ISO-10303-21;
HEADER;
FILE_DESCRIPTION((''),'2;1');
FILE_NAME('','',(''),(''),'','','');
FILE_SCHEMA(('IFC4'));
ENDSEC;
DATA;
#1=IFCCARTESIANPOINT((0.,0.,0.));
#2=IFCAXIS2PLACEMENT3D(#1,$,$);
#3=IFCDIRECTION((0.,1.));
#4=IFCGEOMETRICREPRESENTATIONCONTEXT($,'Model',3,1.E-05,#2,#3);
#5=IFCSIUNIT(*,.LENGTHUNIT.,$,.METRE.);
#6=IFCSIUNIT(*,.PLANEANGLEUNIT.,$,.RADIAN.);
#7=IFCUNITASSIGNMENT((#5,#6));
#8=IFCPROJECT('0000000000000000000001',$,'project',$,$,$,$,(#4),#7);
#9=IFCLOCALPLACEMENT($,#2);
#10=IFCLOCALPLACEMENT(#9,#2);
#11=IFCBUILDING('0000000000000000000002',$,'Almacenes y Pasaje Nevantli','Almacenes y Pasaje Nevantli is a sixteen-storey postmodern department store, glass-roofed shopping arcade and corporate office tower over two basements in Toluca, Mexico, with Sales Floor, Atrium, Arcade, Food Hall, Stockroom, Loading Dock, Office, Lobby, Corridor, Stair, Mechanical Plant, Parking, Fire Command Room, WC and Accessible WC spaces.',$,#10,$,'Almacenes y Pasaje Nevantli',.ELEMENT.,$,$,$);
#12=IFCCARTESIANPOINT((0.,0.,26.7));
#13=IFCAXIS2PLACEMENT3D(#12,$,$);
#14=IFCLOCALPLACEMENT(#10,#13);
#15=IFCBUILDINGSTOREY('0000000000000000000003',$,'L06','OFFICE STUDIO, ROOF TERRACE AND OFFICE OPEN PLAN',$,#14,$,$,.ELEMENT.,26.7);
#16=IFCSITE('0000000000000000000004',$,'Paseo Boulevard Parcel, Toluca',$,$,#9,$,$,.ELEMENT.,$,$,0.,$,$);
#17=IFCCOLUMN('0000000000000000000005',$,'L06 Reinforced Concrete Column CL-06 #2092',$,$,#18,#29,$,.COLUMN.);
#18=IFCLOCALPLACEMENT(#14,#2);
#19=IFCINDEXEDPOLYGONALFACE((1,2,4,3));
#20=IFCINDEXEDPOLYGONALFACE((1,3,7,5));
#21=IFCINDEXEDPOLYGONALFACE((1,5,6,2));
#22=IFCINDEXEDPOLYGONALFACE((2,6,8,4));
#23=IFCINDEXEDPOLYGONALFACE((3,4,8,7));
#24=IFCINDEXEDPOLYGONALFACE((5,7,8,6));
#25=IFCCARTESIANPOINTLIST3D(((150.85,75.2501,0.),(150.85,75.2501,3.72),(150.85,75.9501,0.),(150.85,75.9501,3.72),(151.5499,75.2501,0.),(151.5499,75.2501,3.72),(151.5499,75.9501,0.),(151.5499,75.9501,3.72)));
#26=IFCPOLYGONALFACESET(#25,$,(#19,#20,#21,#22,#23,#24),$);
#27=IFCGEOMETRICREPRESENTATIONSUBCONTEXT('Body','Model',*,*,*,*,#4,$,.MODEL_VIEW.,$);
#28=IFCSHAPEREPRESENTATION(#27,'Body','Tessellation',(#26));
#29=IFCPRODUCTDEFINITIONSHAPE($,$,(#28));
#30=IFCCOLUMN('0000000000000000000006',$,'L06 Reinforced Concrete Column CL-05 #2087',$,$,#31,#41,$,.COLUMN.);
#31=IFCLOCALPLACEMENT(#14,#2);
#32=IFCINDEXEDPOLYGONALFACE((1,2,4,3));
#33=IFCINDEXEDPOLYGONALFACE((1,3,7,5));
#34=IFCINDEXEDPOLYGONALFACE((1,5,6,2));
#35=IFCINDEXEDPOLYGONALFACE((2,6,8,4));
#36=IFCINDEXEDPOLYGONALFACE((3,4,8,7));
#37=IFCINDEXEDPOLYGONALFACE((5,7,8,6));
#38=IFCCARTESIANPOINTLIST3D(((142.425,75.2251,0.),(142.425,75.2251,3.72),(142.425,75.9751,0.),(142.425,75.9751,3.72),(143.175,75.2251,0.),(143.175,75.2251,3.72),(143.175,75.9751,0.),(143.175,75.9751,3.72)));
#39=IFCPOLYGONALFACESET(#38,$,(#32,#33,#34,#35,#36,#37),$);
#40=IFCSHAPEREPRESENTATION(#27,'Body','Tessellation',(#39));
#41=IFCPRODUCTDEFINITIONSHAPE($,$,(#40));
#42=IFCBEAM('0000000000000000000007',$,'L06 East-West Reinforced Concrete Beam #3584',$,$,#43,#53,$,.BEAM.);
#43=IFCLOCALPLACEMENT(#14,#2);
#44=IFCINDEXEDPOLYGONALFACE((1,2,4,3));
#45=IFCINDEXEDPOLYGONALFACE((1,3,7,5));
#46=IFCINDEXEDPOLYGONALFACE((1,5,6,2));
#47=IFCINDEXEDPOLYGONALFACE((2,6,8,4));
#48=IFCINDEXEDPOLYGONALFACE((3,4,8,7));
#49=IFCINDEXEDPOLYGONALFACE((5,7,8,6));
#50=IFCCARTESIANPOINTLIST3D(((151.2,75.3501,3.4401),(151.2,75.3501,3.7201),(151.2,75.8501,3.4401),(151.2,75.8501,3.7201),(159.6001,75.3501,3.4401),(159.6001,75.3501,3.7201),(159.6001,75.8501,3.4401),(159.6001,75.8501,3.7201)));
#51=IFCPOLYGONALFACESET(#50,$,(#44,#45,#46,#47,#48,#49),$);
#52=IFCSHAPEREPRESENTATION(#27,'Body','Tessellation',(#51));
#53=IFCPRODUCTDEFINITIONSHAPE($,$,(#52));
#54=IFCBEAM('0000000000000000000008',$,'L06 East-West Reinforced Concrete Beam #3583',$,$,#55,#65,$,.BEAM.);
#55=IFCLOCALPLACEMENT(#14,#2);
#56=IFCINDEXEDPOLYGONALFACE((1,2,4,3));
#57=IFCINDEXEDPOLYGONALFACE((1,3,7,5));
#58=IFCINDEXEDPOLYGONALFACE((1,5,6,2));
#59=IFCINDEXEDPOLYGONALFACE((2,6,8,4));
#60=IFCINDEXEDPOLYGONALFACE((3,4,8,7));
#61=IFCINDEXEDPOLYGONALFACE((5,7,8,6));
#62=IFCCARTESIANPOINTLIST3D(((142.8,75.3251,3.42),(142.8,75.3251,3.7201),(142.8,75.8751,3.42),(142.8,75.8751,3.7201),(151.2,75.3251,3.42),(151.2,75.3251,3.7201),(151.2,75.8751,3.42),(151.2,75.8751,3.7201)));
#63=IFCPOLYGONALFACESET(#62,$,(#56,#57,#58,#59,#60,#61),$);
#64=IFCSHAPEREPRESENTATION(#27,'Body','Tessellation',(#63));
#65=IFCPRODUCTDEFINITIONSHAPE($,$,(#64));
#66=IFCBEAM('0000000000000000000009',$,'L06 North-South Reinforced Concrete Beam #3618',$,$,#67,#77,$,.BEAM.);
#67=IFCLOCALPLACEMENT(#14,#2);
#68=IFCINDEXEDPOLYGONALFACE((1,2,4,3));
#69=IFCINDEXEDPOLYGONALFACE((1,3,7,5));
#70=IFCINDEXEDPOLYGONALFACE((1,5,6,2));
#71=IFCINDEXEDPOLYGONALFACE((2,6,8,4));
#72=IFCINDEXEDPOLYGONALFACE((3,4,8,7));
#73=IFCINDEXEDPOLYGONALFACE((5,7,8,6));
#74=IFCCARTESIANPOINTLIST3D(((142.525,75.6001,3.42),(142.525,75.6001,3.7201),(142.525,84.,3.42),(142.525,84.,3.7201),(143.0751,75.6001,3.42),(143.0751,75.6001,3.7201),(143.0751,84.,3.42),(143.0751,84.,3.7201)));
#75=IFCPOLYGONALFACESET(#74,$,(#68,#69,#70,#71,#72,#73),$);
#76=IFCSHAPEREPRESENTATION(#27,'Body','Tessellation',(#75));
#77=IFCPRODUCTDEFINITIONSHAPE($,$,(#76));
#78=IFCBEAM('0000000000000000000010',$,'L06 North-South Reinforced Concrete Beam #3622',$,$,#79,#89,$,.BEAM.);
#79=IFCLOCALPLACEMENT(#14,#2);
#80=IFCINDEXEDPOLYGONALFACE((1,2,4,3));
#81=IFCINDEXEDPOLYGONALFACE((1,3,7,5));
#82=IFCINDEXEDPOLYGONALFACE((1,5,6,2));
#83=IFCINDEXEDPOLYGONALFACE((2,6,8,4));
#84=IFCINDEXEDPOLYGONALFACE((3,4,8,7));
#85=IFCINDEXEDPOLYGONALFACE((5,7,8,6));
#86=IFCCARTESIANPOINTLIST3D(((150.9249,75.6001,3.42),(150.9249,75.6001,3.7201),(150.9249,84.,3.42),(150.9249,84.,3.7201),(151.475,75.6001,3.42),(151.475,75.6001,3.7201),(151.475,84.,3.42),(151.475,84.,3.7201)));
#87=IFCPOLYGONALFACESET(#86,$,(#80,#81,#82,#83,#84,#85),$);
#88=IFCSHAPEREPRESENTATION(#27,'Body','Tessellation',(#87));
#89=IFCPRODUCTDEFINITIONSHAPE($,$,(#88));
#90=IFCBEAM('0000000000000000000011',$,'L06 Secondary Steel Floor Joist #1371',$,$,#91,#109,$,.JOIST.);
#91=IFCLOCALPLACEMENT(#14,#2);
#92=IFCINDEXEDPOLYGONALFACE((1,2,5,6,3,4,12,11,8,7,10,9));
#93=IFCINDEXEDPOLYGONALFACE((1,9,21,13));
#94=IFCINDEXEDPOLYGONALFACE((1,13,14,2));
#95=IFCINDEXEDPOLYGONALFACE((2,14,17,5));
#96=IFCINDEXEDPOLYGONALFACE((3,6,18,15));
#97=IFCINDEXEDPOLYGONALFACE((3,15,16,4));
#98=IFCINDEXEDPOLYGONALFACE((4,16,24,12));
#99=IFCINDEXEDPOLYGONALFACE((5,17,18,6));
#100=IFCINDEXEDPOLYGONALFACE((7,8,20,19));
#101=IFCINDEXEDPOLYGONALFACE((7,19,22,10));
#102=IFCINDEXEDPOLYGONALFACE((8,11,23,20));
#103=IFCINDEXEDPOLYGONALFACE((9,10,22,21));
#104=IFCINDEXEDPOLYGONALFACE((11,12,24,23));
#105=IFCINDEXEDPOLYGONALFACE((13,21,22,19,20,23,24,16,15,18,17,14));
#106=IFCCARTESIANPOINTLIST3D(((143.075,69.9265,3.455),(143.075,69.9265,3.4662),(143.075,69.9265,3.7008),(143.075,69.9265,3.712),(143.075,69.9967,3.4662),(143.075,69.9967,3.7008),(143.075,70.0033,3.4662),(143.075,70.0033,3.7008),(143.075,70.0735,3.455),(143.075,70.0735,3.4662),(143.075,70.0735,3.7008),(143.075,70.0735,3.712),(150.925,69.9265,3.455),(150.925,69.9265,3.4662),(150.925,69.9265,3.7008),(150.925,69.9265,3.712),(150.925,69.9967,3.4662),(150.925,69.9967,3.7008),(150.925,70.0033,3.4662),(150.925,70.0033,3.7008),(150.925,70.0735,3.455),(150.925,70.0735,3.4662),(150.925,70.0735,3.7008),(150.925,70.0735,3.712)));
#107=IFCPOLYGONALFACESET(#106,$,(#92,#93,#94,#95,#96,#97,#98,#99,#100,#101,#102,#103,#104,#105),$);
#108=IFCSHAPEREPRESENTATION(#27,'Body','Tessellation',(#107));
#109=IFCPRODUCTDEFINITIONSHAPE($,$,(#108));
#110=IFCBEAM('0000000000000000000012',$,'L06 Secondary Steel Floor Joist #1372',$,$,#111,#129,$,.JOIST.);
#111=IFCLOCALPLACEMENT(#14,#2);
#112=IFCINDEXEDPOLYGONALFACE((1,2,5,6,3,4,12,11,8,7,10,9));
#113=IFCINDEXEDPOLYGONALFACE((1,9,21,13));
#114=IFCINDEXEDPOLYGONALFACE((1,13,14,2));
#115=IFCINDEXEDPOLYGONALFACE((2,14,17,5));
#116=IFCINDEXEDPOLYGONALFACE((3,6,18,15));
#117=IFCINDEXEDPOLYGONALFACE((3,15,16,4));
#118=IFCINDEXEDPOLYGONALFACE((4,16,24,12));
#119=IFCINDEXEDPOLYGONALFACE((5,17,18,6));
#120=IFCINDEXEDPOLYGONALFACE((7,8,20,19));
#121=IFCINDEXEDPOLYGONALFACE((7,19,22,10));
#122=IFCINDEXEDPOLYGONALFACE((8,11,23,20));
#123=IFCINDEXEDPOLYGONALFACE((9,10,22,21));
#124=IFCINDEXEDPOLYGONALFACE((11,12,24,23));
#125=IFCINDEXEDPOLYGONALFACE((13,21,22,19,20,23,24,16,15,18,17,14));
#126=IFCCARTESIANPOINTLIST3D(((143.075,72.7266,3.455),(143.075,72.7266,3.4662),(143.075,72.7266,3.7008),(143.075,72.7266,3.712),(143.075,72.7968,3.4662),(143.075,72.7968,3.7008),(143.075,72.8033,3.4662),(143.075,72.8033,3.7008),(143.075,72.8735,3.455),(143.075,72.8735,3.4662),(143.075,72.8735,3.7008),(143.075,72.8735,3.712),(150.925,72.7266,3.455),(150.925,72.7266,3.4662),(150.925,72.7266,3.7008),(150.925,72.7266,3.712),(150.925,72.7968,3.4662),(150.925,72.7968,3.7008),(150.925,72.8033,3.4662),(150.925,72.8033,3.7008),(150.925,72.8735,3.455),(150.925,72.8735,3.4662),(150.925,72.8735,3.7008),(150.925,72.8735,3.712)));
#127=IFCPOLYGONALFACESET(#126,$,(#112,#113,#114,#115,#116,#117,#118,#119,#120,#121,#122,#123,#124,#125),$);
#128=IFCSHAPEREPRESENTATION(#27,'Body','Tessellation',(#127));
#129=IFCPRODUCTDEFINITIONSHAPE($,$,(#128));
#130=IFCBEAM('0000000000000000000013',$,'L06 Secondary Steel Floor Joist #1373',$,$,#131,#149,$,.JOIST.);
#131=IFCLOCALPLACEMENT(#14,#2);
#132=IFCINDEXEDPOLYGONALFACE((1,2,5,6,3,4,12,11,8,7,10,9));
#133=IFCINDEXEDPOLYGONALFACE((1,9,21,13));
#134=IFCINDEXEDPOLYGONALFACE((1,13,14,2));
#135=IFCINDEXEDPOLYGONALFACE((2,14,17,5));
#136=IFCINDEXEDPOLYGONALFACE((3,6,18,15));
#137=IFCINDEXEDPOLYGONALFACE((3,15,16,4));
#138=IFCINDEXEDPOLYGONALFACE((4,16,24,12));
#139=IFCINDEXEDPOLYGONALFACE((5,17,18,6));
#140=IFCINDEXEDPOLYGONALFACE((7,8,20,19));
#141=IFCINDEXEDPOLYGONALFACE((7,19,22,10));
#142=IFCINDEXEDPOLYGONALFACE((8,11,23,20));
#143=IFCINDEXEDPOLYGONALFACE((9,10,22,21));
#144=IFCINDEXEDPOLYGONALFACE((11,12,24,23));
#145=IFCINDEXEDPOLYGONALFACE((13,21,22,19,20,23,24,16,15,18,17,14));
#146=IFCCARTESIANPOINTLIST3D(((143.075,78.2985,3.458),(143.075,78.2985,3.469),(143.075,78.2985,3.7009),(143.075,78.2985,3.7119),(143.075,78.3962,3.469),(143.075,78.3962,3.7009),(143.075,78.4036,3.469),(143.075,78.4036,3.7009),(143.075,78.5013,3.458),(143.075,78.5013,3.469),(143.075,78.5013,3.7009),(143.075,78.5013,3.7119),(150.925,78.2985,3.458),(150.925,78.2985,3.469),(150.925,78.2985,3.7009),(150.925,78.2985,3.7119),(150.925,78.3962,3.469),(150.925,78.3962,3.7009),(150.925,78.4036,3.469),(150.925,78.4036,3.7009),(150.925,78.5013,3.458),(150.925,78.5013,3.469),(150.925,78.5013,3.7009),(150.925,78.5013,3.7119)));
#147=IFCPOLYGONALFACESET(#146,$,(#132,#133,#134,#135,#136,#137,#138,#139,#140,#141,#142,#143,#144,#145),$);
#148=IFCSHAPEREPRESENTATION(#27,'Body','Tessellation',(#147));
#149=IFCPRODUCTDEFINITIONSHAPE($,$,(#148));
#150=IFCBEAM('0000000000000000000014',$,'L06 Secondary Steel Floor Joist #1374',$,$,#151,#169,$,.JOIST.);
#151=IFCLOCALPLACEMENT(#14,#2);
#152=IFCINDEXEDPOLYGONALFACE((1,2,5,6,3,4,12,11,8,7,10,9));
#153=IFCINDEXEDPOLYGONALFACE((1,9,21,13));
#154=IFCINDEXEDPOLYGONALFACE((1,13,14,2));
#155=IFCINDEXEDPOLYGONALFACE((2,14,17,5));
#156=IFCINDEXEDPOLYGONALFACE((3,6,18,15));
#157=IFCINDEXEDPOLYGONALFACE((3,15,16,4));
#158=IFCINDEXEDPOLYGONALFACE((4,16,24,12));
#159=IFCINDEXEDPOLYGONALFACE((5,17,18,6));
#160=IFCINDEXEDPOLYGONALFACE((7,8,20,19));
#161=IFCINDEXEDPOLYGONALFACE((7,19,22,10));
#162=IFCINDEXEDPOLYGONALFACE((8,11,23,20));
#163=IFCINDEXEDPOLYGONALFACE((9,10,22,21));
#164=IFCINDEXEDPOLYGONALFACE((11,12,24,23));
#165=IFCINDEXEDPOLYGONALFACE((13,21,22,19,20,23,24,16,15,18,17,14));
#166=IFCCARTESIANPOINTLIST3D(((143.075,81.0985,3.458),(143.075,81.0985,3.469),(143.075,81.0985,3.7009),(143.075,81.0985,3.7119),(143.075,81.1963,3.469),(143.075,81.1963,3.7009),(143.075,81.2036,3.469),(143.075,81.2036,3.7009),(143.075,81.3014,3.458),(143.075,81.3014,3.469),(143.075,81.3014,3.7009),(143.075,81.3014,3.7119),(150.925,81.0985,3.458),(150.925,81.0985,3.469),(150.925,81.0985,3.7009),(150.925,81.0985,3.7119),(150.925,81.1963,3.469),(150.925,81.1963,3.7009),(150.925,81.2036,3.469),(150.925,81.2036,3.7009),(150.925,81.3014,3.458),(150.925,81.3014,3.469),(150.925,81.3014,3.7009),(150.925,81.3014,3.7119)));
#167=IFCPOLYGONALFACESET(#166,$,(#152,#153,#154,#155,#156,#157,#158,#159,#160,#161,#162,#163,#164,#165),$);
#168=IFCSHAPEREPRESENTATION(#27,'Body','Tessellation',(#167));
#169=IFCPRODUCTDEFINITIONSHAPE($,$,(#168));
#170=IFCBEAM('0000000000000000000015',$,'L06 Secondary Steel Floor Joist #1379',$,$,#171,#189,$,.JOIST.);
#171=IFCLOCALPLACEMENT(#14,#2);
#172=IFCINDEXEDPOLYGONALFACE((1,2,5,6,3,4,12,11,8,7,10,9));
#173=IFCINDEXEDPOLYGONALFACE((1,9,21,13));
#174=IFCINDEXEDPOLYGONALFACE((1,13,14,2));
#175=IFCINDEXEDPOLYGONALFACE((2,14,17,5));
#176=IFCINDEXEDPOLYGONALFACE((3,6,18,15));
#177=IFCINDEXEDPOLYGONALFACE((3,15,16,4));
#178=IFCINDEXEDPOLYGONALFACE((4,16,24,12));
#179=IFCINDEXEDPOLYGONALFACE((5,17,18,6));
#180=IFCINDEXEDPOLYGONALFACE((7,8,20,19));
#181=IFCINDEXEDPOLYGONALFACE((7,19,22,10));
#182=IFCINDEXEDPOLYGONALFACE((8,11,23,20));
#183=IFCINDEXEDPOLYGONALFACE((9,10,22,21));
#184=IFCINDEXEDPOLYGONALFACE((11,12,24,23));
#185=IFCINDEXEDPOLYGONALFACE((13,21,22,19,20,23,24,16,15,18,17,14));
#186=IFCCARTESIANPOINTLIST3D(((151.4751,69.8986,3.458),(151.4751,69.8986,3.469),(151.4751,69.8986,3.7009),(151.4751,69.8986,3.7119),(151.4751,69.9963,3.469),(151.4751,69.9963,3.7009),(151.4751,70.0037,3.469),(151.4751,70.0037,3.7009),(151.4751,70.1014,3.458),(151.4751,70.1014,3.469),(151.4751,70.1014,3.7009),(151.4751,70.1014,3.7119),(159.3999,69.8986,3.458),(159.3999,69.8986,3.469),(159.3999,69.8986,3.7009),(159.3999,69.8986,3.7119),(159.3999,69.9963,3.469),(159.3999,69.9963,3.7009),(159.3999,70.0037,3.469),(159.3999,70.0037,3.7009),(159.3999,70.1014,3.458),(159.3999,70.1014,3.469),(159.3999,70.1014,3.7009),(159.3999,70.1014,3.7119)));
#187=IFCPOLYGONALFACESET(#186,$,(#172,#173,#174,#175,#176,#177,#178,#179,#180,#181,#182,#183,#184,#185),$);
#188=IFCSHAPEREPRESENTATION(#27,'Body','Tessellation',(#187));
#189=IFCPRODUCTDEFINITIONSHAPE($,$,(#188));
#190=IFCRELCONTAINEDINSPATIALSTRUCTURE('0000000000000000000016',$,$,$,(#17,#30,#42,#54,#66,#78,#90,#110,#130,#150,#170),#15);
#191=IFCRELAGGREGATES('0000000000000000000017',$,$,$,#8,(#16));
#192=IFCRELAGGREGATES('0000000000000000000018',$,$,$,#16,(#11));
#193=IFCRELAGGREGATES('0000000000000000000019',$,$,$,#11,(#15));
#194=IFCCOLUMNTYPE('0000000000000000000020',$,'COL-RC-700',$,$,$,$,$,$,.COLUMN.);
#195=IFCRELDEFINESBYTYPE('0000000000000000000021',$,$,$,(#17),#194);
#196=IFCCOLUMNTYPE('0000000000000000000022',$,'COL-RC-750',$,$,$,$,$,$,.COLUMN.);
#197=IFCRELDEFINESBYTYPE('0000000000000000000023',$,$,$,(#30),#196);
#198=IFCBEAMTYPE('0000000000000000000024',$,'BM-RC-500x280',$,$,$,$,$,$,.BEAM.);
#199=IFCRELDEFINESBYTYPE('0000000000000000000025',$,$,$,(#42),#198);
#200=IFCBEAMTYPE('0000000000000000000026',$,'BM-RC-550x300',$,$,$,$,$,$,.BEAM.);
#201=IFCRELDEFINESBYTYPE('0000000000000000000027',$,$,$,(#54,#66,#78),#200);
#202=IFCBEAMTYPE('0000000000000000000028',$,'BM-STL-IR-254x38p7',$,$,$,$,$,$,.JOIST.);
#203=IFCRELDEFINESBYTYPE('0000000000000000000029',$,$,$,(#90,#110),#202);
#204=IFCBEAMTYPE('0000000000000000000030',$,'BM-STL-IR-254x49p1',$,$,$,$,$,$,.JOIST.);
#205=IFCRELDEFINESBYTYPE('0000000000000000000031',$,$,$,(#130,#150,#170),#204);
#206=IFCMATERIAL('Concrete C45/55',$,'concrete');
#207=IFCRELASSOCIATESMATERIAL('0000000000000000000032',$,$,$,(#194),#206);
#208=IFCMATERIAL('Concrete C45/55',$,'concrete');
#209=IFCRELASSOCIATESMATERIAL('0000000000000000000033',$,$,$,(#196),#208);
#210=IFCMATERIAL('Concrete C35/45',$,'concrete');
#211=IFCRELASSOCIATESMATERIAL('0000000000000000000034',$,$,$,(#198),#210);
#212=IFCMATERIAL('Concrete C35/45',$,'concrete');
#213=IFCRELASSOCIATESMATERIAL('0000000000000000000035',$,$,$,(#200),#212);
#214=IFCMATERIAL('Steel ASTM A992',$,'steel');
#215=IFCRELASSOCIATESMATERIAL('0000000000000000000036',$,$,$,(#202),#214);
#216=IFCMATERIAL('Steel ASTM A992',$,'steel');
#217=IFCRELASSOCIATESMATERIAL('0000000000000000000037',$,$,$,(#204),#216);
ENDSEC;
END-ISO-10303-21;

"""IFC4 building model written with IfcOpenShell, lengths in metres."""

from ifc_helpers import new_model, si_unit, direction, frame, origin, origin_2d, place, context, subcontext, project, spatial, rectangle, i_section, extrude, material, material_profile, profile_set, type_object, element, save


model = new_model("IFC4")

# Units and contexts
model_context = context("Model", 3, precision=1e-05, world=origin(), true_north=direction((0.0, 1.0)))
body_context = subcontext(model_context, "Body", "Model", "MODEL_VIEW")
ifc_project = project(units=[si_unit("LENGTHUNIT", "METRE"), si_unit("PLANEANGLEUNIT", "RADIAN")], contexts=[model_context])

# Site, building, storey
site_placement = place(None, origin())
site = spatial("IfcSite", under=ifc_project, at=site_placement, Name="Paseo Boulevard Parcel, Toluca", CompositionType="ELEMENT", RefElevation=0.0)
building_placement = place(site_placement, origin())
building = spatial("IfcBuilding", under=site, at=building_placement, Name="Almacenes y Pasaje Nevantli", Description="Almacenes y Pasaje Nevantli is a sixteen-storey postmodern department store, glass-roofed shopping arcade and corporate office tower over two basements in Toluca, Mexico, with Sales Floor, Atrium, Arcade, Food Hall, Stockroom, Loading Dock, Office, Lobby, Corridor, Stair, Mechanical Plant, Parking, Fire Command Room, WC and Accessible WC spaces.", LongName="Almacenes y Pasaje Nevantli", CompositionType="ELEMENT")
storey_placement = place(building_placement, frame((0.0, 0.0, 26.7)))
storey = spatial("IfcBuildingStorey", under=building, at=storey_placement, Name="L06", Description="OFFICE STUDIO, ROOF TERRACE AND OFFICE OPEN PLAN", CompositionType="ELEMENT", Elevation=26.7)

# Columns
ifc_material_1 = material(Name="Concrete C45/55", Category="concrete")
ifc_material_profile_1 = material_profile(ifc_material_1, rectangle(XDim=0.7, YDim=0.7, at=origin_2d()), Name="RC-COL-700x700")
ifc_profile_set_1 = profile_set([ifc_material_profile_1], Name="Concrete C45/55")
column_type_1 = type_object("IfcColumnType", Name="COL-RC-700", PredefinedType="COLUMN", material=ifc_profile_set_1)
column_1_placement = place(storey_placement, frame((151.2, 75.6001, 0.0), z_axis=(0.0, 0.0, 1.0), x_axis=(1.0, 0.0, 0.0)))
element("IfcColumn", 1, at=column_1_placement, inside=storey, type_object=column_type_1, Name="L06 Reinforced Concrete Column CL-06 #2092", PredefinedType="COLUMN", context=body_context, shape_type="SweptSolid", body=[
    extrude(rectangle(XDim=0.7, YDim=0.7, at=origin_2d()), origin(), (0.0, 0.0, 1.0), 3.72),
])
ifc_material_2 = material(Name="Concrete C45/55", Category="concrete")
ifc_material_profile_2 = material_profile(ifc_material_2, rectangle(XDim=0.75, YDim=0.75, at=origin_2d()), Name="RC-COL-750x750")
ifc_profile_set_2 = profile_set([ifc_material_profile_2], Name="Concrete C45/55")
column_type_2 = type_object("IfcColumnType", Name="COL-RC-750", PredefinedType="COLUMN", material=ifc_profile_set_2)
column_2_placement = place(storey_placement, frame((142.8, 75.6001, 0.0), z_axis=(0.0, 0.0, 1.0), x_axis=(1.0, 0.0, 0.0)))
element("IfcColumn", 2, at=column_2_placement, inside=storey, type_object=column_type_2, Name="L06 Reinforced Concrete Column CL-05 #2087", PredefinedType="COLUMN", context=body_context, shape_type="SweptSolid", body=[
    extrude(rectangle(XDim=0.75, YDim=0.75, at=origin_2d()), origin(), (0.0, 0.0, 1.0), 3.72),
])

# Beams
ifc_material_3 = material(Name="Concrete C35/45", Category="concrete")
ifc_material_profile_3 = material_profile(ifc_material_3, rectangle(XDim=0.5, YDim=0.28, at=origin_2d()), Name="RC-BM-500x280")
ifc_profile_set_3 = profile_set([ifc_material_profile_3], Name="Concrete C35/45")
beam_type_1 = type_object("IfcBeamType", Name="BM-RC-500x280", PredefinedType="BEAM", material=ifc_profile_set_3)
beam_placement = place(storey_placement, frame((151.2, 75.6001, 3.5801), z_axis=(1.0, 0.0, 0.0), x_axis=(0.0, 1.0, 0.0)))
element("IfcBeam", 3, at=beam_placement, inside=storey, type_object=beam_type_1, Name="L06 East-West Reinforced Concrete Beam #3584", PredefinedType="BEAM", context=body_context, shape_type="SweptSolid", body=[
    extrude(rectangle(XDim=0.5, YDim=0.28, at=origin_2d()), origin(), (0.0, 0.0, 1.0), 8.4001),
])
ifc_material_4 = material(Name="Concrete C35/45", Category="concrete")
ifc_material_profile_4 = material_profile(ifc_material_4, rectangle(XDim=0.55, YDim=0.3, at=origin_2d()), Name="RC-BM-550x300")
ifc_profile_set_4 = profile_set([ifc_material_profile_4], Name="Concrete C35/45")
beam_type_2 = type_object("IfcBeamType", Name="BM-RC-550x300", PredefinedType="BEAM", material=ifc_profile_set_4)
for number, where, z_axis, x_axis, name in (
    (4, (142.8, 75.6001, 3.5701), (1.0, 0.0, 0.0), (0.0, 1.0, 0.0), "L06 East-West Reinforced Concrete Beam #3583"),
    (5, (142.8, 75.6001, 3.5701), (0.0, 1.0, 0.0), (-1.0, 0.0, 0.0), "L06 North-South Reinforced Concrete Beam #3618"),
    (6, (151.2, 75.6001, 3.5701), (0.0, 1.0, 0.0), (-1.0, 0.0, 0.0), "L06 North-South Reinforced Concrete Beam #3622"),
):
    element("IfcBeam", number, at=place(storey_placement, frame(where, z_axis=z_axis, x_axis=x_axis)), inside=storey, type_object=beam_type_2, Name=name, PredefinedType="BEAM", context=body_context, shape_type="SweptSolid", body=[
        extrude(rectangle(XDim=0.55, YDim=0.3, at=origin_2d()), origin(), (0.0, 0.0, 1.0), 8.3999),
    ])
ifc_material_5 = material(Name="Steel ASTM A992", Category="steel")
ifc_material_profile_5 = material_profile(ifc_material_5, i_section(OverallWidth=0.147, OverallDepth=0.2571, WebThickness=0.0066, FlangeThickness=0.0112, at=origin_2d()), Name="IR 254x38.7")
ifc_profile_set_5 = profile_set([ifc_material_profile_5], Name="Steel ASTM A992")
beam_type_3 = type_object("IfcBeamType", Name="BM-STL-IR-254x38p7", PredefinedType="JOIST", material=ifc_profile_set_5)
for number, where, z_axis, x_axis, name in (
    (7, (143.075, 70.0, 3.5835), (1.0, 0.0, 0.0), (0.0, 1.0, 0.0), "L06 Secondary Steel Floor Joist #1371"),
    (8, (143.075, 72.8, 3.5835), (1.0, 0.0, 0.0), (0.0, 1.0, 0.0), "L06 Secondary Steel Floor Joist #1372"),
):
    element("IfcBeam", number, at=place(storey_placement, frame(where, z_axis=z_axis, x_axis=x_axis)), inside=storey, type_object=beam_type_3, Name=name, PredefinedType="JOIST", context=body_context, shape_type="SweptSolid", body=[
        extrude(i_section(OverallWidth=0.147, OverallDepth=0.2571, WebThickness=0.0066, FlangeThickness=0.0112, at=origin_2d()), origin(), (0.0, 0.0, 1.0), 7.8501),
    ])
ifc_material_6 = material(Name="Steel ASTM A992", Category="steel")
ifc_material_profile_6 = material_profile(ifc_material_6, i_section(OverallWidth=0.2029, OverallDepth=0.2539, WebThickness=0.0073, FlangeThickness=0.011, at=origin_2d()), Name="IR 254x49.1")
ifc_profile_set_6 = profile_set([ifc_material_profile_6], Name="Steel ASTM A992")
beam_type_4 = type_object("IfcBeamType", Name="BM-STL-IR-254x49p1", PredefinedType="JOIST", material=ifc_profile_set_6)
for number, where, z_axis, x_axis, name in (
    (9, (143.075, 78.3999, 3.585), (1.0, 0.0, 0.0), (0.0, 1.0, 0.0), "L06 Secondary Steel Floor Joist #1373"),
    (10, (143.075, 81.2, 3.585), (1.0, 0.0, 0.0), (0.0, 1.0, 0.0), "L06 Secondary Steel Floor Joist #1374"),
):
    element("IfcBeam", number, at=place(storey_placement, frame(where, z_axis=z_axis, x_axis=x_axis)), inside=storey, type_object=beam_type_4, Name=name, PredefinedType="JOIST", context=body_context, shape_type="SweptSolid", body=[
        extrude(i_section(OverallWidth=0.2029, OverallDepth=0.2539, WebThickness=0.0073, FlangeThickness=0.011, at=origin_2d()), origin(), (0.0, 0.0, 1.0), 7.8501),
    ])
for number, where, z_axis, x_axis, name in (
    (11, (151.4751, 70.0, 3.585), (1.0, 0.0, 0.0), (0.0, 1.0, 0.0), "L06 Secondary Steel Floor Joist #1379"),
):
    element("IfcBeam", number, at=place(storey_placement, frame(where, z_axis=z_axis, x_axis=x_axis)), inside=storey, type_object=beam_type_4, Name=name, PredefinedType="JOIST", context=body_context, shape_type="SweptSolid", body=[
        extrude(i_section(OverallWidth=0.2029, OverallDepth=0.2539, WebThickness=0.0073, FlangeThickness=0.011, at=origin_2d()), origin(), (0.0, 0.0, 1.0), 7.9248),
    ])

save(model, "model.ifc")
